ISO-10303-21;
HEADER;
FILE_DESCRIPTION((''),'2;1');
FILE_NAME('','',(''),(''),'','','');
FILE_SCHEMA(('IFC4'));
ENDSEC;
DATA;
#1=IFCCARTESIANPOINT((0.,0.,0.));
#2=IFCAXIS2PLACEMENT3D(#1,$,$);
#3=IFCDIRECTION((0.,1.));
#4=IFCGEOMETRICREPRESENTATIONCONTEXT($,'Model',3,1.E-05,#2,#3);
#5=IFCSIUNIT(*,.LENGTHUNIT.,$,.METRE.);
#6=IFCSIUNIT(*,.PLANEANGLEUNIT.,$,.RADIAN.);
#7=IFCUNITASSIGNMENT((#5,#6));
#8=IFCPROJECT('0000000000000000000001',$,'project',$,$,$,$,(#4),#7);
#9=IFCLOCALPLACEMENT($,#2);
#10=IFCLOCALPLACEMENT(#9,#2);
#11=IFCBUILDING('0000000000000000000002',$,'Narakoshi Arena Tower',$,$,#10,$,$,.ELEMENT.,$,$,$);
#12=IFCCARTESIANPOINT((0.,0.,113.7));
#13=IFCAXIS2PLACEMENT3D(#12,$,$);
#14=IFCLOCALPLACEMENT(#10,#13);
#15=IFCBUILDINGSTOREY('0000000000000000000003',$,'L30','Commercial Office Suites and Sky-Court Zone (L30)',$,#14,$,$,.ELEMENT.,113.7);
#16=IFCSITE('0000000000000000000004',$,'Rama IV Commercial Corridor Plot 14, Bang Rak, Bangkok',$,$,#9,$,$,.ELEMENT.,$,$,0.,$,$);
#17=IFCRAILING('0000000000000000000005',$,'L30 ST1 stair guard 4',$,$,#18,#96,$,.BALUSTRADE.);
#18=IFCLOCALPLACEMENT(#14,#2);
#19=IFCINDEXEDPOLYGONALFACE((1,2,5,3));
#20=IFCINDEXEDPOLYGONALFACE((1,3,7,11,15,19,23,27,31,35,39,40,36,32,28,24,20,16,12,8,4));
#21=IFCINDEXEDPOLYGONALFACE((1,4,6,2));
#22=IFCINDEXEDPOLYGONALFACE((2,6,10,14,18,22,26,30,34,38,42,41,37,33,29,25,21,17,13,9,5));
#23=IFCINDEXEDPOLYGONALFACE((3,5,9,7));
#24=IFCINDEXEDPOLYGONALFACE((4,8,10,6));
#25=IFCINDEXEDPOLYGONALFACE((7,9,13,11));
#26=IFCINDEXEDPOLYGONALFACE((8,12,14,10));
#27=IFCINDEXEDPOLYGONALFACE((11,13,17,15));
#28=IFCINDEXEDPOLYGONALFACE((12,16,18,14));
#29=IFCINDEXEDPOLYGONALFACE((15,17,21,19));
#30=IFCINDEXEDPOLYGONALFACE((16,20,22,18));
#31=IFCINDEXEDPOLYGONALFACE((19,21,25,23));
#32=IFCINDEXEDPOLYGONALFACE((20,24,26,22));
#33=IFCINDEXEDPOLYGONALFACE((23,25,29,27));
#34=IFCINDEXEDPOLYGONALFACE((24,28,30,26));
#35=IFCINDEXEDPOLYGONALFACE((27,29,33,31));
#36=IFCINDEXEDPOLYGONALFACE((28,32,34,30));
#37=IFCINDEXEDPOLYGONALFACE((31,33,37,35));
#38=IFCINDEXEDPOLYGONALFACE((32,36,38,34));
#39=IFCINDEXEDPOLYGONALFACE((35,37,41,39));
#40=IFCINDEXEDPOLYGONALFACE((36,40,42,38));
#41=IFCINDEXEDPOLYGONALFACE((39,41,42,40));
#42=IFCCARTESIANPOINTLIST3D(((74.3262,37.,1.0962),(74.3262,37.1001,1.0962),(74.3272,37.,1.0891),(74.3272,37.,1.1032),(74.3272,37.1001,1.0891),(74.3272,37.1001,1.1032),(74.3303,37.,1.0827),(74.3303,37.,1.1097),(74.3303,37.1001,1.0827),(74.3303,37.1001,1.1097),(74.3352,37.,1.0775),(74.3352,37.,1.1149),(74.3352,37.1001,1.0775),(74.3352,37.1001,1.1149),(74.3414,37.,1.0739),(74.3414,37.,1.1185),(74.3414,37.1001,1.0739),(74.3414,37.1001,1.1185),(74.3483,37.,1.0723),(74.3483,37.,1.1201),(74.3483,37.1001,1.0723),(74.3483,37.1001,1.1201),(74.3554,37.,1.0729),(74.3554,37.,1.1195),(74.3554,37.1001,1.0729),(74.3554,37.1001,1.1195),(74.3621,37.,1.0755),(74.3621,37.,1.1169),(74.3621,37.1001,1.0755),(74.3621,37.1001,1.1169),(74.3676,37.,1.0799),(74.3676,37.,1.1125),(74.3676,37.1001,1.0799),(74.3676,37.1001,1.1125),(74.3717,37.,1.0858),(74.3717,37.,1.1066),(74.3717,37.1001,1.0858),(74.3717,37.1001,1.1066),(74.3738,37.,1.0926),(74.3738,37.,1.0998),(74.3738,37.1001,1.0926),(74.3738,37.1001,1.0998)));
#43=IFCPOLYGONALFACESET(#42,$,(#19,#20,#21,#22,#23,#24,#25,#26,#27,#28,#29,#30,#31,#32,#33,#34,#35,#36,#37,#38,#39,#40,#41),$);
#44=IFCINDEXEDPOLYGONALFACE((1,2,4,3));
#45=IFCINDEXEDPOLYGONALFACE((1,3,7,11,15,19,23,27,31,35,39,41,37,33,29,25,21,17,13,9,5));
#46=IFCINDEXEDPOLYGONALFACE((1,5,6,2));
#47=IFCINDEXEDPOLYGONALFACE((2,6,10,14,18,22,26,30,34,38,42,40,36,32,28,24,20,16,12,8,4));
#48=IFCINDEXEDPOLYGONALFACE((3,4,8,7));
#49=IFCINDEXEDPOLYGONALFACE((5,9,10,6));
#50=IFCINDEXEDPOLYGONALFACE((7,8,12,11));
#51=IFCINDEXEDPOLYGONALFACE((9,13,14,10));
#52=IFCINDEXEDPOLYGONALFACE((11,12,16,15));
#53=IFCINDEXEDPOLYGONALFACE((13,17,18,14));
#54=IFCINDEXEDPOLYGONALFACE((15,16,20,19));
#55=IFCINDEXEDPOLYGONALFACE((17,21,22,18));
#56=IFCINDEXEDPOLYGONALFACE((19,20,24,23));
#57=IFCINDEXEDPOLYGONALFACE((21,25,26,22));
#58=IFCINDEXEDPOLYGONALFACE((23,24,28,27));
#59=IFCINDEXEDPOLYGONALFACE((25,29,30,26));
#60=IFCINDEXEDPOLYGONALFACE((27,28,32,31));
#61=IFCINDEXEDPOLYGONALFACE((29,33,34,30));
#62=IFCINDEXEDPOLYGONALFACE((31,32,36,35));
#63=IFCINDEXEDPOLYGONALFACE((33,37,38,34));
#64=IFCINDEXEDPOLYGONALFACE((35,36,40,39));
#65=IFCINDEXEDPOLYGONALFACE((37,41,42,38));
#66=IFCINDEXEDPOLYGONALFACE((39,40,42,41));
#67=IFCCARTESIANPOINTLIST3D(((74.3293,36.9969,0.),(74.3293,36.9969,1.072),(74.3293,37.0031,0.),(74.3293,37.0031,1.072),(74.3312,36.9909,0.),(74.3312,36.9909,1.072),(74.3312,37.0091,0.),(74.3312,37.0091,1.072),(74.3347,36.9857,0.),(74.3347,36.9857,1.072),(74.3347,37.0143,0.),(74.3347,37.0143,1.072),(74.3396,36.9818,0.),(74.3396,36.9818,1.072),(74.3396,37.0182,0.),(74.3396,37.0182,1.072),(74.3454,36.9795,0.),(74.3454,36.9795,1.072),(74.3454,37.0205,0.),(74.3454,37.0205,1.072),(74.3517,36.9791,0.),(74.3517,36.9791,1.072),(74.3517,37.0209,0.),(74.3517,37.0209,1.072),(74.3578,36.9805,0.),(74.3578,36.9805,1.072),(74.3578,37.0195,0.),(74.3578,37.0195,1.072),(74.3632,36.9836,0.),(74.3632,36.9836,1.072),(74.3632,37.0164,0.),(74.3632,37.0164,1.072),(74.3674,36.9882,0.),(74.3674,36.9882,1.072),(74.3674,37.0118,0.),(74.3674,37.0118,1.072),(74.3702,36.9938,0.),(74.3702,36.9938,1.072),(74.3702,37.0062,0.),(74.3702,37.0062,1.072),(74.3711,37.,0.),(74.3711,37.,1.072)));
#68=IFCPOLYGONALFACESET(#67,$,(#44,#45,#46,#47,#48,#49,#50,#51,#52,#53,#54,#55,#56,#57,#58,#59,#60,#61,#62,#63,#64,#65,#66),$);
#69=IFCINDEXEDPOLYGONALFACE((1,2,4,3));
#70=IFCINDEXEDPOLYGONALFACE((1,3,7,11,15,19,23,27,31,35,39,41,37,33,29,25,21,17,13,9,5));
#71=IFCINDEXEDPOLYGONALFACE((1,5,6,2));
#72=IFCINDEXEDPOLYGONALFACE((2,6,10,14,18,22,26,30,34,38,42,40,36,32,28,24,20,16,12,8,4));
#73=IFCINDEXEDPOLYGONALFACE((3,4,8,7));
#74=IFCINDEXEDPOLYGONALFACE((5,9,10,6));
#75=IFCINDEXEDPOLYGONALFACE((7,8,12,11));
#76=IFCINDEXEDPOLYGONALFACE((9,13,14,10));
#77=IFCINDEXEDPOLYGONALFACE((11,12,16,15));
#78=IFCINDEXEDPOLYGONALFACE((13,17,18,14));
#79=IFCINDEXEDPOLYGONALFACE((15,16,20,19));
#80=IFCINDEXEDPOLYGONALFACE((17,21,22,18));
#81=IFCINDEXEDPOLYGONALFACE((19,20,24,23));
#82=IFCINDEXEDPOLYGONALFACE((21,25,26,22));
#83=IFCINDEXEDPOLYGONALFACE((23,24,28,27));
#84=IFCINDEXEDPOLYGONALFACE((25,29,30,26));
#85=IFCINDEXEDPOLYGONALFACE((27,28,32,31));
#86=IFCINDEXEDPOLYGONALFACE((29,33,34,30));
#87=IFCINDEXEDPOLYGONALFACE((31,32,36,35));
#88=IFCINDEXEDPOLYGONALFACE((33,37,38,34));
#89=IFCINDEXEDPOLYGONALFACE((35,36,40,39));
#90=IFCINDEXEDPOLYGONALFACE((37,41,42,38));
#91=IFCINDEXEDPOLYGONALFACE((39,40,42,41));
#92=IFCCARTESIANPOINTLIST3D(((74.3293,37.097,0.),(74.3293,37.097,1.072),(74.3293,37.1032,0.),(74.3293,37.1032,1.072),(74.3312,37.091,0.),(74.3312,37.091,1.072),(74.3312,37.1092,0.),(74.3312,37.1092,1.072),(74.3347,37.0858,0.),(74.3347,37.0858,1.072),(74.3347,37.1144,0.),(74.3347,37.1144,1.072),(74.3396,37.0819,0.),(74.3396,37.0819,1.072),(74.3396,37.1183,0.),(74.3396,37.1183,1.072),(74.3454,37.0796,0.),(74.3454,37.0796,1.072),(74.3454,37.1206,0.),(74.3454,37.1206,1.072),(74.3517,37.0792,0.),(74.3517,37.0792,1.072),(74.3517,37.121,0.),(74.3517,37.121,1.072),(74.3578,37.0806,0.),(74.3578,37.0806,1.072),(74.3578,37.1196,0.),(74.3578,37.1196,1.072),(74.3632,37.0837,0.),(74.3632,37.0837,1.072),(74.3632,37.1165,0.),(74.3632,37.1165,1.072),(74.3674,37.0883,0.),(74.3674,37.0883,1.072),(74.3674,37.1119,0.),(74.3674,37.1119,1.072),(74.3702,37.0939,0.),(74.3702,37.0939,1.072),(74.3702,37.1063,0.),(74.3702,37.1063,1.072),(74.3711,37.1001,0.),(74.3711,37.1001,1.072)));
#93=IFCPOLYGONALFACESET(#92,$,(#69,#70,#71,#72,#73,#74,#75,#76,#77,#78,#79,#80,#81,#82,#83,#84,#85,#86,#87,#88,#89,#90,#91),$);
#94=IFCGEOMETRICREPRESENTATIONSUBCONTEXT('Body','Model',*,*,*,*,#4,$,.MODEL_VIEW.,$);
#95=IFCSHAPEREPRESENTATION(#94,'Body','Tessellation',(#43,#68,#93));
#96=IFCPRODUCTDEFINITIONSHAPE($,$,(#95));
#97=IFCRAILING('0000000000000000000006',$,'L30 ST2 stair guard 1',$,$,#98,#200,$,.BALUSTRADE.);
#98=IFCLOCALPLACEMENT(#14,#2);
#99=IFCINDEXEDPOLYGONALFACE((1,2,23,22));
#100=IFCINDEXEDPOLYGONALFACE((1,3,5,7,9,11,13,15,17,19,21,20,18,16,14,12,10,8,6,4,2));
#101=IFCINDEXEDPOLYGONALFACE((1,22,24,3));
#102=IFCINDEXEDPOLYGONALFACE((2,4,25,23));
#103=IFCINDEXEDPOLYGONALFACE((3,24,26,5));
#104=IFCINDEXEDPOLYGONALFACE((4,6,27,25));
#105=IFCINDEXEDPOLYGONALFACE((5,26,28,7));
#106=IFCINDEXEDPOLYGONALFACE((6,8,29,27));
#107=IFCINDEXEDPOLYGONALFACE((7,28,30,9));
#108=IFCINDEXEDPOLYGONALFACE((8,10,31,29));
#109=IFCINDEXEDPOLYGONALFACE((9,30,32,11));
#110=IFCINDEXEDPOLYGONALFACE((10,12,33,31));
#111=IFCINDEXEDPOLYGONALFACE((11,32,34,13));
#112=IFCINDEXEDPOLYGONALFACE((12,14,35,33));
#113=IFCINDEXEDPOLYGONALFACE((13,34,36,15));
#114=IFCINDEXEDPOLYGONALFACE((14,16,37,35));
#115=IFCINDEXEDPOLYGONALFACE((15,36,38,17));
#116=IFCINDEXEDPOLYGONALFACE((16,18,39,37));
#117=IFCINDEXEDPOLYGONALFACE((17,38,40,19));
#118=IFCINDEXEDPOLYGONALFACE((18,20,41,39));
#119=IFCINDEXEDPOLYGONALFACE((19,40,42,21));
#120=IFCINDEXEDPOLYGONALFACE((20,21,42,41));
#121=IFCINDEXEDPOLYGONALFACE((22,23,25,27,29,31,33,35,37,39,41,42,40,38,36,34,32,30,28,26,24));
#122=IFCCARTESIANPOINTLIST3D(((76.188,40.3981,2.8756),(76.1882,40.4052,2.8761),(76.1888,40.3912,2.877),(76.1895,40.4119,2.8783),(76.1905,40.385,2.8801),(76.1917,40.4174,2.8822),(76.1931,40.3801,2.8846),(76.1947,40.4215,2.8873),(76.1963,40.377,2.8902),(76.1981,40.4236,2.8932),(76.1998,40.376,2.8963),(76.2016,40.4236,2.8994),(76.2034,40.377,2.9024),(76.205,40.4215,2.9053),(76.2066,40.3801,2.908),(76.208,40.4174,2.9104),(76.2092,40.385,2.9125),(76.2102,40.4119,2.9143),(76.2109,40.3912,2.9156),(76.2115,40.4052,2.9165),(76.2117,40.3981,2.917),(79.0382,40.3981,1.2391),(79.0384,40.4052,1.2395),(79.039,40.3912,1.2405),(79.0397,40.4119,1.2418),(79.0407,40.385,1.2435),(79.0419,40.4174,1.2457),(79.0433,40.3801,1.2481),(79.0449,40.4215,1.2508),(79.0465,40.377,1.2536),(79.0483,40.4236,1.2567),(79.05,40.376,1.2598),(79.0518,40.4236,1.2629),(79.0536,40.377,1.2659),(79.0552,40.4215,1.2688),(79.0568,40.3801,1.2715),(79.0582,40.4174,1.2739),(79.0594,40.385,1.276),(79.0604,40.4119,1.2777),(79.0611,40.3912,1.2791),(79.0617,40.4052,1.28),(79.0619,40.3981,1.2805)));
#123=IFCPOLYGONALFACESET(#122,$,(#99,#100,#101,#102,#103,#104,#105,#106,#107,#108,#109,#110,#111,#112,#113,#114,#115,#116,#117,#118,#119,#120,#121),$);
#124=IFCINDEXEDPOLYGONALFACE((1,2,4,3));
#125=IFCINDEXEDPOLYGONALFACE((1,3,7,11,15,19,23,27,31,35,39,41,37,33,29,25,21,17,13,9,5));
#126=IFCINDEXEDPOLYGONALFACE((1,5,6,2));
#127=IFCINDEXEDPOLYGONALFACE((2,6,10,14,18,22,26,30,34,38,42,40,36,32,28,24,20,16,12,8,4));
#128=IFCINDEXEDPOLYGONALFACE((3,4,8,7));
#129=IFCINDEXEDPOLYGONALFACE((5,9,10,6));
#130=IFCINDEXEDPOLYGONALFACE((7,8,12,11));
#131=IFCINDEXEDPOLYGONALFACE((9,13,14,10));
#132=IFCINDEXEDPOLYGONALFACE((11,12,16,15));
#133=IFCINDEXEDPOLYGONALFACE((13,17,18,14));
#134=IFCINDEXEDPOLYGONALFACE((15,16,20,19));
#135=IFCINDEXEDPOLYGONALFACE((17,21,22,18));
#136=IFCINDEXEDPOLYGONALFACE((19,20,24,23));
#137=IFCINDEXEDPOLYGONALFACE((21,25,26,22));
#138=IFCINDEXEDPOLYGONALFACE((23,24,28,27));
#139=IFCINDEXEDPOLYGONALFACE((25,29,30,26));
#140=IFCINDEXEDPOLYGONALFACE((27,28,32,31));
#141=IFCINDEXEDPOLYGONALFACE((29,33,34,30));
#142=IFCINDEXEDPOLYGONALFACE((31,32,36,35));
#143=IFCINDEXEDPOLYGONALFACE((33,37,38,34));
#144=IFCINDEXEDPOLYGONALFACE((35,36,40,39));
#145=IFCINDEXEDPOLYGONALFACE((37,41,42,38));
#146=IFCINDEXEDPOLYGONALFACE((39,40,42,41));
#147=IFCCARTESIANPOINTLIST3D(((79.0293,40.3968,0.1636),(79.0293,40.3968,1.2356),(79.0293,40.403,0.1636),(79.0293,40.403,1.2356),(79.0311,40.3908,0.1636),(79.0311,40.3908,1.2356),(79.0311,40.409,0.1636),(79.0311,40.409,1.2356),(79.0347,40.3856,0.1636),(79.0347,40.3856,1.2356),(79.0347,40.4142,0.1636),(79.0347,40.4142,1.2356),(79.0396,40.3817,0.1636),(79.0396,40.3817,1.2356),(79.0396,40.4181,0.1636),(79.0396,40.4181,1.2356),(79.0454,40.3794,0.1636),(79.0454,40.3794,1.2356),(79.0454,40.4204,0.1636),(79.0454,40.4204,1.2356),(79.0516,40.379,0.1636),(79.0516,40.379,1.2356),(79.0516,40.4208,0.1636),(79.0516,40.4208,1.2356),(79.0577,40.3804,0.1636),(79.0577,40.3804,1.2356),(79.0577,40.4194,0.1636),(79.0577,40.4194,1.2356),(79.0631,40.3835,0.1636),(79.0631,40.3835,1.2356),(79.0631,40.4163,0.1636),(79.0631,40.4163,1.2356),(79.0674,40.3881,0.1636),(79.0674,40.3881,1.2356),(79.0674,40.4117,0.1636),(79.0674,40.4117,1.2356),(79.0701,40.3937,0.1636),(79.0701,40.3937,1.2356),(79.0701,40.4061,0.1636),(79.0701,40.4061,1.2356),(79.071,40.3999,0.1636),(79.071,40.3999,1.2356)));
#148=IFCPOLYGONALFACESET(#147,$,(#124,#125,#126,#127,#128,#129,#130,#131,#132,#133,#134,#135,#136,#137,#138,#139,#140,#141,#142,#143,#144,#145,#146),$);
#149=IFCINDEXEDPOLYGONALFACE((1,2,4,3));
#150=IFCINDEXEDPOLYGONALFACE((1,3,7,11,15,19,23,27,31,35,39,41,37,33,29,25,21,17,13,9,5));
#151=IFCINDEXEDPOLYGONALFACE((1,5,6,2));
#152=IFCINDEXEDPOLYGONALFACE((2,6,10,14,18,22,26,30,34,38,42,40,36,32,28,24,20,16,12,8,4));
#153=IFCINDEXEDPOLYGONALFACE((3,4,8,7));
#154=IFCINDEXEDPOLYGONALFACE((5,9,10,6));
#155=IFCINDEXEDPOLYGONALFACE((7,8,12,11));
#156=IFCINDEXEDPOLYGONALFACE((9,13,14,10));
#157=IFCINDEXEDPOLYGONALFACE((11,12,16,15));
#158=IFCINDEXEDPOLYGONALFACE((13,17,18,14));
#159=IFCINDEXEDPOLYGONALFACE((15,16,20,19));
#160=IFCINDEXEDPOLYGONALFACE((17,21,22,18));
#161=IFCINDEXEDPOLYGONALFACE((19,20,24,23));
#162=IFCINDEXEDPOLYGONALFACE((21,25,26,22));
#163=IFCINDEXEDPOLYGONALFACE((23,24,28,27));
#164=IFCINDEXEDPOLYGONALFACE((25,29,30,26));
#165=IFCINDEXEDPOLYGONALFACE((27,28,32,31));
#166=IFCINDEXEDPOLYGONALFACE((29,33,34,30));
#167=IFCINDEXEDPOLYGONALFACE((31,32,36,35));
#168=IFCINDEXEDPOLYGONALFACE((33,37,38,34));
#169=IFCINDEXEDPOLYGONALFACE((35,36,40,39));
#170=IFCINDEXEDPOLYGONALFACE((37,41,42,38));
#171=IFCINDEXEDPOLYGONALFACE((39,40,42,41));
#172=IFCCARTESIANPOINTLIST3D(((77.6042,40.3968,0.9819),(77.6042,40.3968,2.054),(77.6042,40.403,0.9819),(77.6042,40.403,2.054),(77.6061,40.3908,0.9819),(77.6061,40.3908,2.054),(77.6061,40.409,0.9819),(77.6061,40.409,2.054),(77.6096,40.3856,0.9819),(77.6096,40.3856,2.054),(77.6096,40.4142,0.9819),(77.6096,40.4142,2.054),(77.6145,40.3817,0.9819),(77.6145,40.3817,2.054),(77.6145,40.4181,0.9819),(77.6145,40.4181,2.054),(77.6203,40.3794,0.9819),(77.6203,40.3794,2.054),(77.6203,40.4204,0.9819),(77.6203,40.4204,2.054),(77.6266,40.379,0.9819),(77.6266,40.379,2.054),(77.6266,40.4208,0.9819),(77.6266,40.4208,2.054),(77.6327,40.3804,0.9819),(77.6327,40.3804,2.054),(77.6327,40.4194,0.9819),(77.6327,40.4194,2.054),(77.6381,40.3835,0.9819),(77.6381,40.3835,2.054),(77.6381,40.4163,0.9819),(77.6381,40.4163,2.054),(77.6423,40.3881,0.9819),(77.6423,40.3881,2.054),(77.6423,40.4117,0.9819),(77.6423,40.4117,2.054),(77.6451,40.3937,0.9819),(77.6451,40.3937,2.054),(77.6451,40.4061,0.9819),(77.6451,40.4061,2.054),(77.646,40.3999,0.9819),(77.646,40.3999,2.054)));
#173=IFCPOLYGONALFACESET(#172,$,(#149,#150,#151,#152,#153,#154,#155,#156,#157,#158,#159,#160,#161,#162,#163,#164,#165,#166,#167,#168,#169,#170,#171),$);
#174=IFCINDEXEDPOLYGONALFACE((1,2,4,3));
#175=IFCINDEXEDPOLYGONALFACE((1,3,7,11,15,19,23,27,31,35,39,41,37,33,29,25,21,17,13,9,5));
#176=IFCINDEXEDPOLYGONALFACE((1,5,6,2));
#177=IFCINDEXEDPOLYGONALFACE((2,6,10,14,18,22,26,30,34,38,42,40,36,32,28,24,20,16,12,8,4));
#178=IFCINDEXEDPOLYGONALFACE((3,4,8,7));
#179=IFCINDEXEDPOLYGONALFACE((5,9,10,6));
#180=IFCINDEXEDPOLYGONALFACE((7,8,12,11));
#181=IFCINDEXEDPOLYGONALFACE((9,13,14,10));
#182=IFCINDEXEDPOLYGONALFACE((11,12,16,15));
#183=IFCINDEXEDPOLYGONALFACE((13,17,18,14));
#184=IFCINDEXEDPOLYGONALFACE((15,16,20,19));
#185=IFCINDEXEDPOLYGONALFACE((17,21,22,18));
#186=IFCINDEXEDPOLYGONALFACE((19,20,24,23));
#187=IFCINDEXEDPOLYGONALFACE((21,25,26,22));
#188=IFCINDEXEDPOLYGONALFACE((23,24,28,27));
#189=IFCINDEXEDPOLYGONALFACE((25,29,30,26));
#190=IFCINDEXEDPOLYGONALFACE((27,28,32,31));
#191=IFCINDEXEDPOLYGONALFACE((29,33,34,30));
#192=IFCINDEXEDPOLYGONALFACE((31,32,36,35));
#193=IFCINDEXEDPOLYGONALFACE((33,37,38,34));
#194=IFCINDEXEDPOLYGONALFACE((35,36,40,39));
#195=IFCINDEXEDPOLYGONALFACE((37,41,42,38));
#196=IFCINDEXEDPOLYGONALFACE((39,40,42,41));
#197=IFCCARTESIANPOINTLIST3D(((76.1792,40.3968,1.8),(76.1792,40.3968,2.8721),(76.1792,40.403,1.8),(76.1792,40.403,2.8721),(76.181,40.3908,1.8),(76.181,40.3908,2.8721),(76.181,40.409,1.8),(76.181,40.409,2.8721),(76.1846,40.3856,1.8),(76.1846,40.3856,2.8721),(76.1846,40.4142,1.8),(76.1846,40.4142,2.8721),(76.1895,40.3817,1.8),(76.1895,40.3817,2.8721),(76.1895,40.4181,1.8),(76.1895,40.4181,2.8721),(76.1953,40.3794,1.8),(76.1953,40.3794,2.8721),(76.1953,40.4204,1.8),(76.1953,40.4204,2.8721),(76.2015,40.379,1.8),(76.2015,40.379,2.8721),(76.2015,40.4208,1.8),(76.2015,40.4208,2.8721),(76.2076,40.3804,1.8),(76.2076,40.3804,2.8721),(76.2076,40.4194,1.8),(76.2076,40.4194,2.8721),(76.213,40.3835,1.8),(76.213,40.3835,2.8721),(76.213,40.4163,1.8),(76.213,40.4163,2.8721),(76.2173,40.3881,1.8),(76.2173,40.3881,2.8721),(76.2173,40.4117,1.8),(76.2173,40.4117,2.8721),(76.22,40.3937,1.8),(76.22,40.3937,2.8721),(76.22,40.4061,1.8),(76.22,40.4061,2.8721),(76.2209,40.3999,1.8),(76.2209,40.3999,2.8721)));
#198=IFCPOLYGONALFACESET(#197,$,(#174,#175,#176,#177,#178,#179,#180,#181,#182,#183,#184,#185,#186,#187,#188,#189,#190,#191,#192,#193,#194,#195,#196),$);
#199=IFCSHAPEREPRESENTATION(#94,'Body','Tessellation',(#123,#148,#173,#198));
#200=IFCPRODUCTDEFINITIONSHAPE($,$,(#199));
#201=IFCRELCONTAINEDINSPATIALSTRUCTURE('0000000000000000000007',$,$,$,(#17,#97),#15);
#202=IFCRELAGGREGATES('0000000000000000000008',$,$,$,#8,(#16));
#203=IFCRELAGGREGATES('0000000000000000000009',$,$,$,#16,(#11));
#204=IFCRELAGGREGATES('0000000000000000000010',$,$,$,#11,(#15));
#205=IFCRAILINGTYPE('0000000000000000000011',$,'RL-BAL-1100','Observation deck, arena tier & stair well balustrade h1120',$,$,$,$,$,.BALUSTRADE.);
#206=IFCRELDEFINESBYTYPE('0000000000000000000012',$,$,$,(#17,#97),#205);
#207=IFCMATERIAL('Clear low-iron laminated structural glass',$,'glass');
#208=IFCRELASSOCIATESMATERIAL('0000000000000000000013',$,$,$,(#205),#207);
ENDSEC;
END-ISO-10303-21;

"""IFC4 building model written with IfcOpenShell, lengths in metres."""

from ifc_helpers import new_model, si_unit, direction, frame, origin, origin_2d, place, context, subcontext, project, spatial, circle, extrude, material, type_object, element, save


model = new_model("IFC4")

# Units and contexts
model_context = context("Model", 3, precision=1e-05, world=origin(), true_north=direction((0.0, 1.0)))
body_context = subcontext(model_context, "Body", "Model", "MODEL_VIEW")
ifc_project = project(units=[si_unit("LENGTHUNIT", "METRE"), si_unit("PLANEANGLEUNIT", "RADIAN")], contexts=[model_context])

# Site, building, storey
site_placement = place(None, origin())
site = spatial("IfcSite", under=ifc_project, at=site_placement, Name="Rama IV Commercial Corridor Plot 14, Bang Rak, Bangkok", CompositionType="ELEMENT", RefElevation=0.0)
building_placement = place(site_placement, origin())
building = spatial("IfcBuilding", under=site, at=building_placement, Name="Narakoshi Arena Tower", CompositionType="ELEMENT")
storey_placement = place(building_placement, frame((0.0, 0.0, 113.7)))
storey = spatial("IfcBuildingStorey", under=building, at=storey_placement, Name="L30", Description="Commercial Office Suites and Sky-Court Zone (L30)", CompositionType="ELEMENT", Elevation=113.7)

# Railings
ifc_material_1 = material(Name="Clear low-iron laminated structural glass", Category="glass")
railing_type_1 = type_object("IfcRailingType", Name="RL-BAL-1100", Description="Observation deck, arena tier & stair well balustrade h1120", PredefinedType="BALUSTRADE", material=ifc_material_1)
railing_1_placement = place(storey_placement, frame((74.3501, 37.0, 0.0)))
element("IfcRailing", 1, at=railing_1_placement, inside=storey, type_object=railing_type_1, Name="L30 ST1 stair guard 4", PredefinedType="BALUSTRADE", context=body_context, shape_type="SweptSolid", body=[
    extrude(circle(Radius=0.0239, at=origin_2d()), frame((0.0, 0.0, 1.0962), z_axis=(0.0, 1.0, 0.0), x_axis=(-1.0, 0.0, 0.0)), (0.0, 0.0, 1.0), 0.1001),
    extrude(circle(Radius=0.021, at=origin_2d()), origin(), (0.0, 0.0, 1.0), 1.072),
    extrude(circle(Radius=0.021, at=origin_2d()), frame((0.0, 0.1001, 0.0)), (0.0, 0.0, 1.0), 1.072),
])
railing_2_placement = place(storey_placement, frame((79.05, 40.3999, 0.1636)))
element("IfcRailing", 2, at=railing_2_placement, inside=storey, type_object=railing_type_1, Name="L30 ST2 stair guard 1", PredefinedType="BALUSTRADE", context=body_context, shape_type="SweptSolid", body=[
    extrude(circle(Radius=0.0239, at=origin_2d()), frame((0.0, 0.0, 1.0962), z_axis=(-0.867213, 0.0, 0.497938), x_axis=(0.0, -1.0, 0.0)), (0.0, 0.0, 1.0), 3.2866),
    extrude(circle(Radius=0.021, at=origin_2d()), origin(), (0.0, 0.0, 1.0), 1.072),
    extrude(circle(Radius=0.021, at=origin_2d()), frame((-1.425, 0.0, 0.8184)), (0.0, 0.0, 1.0), 1.072),
    extrude(circle(Radius=0.021, at=origin_2d()), frame((-2.8501, 0.0, 1.6365)), (0.0, 0.0, 1.0), 1.072),
])

save(model, "model.ifc")
